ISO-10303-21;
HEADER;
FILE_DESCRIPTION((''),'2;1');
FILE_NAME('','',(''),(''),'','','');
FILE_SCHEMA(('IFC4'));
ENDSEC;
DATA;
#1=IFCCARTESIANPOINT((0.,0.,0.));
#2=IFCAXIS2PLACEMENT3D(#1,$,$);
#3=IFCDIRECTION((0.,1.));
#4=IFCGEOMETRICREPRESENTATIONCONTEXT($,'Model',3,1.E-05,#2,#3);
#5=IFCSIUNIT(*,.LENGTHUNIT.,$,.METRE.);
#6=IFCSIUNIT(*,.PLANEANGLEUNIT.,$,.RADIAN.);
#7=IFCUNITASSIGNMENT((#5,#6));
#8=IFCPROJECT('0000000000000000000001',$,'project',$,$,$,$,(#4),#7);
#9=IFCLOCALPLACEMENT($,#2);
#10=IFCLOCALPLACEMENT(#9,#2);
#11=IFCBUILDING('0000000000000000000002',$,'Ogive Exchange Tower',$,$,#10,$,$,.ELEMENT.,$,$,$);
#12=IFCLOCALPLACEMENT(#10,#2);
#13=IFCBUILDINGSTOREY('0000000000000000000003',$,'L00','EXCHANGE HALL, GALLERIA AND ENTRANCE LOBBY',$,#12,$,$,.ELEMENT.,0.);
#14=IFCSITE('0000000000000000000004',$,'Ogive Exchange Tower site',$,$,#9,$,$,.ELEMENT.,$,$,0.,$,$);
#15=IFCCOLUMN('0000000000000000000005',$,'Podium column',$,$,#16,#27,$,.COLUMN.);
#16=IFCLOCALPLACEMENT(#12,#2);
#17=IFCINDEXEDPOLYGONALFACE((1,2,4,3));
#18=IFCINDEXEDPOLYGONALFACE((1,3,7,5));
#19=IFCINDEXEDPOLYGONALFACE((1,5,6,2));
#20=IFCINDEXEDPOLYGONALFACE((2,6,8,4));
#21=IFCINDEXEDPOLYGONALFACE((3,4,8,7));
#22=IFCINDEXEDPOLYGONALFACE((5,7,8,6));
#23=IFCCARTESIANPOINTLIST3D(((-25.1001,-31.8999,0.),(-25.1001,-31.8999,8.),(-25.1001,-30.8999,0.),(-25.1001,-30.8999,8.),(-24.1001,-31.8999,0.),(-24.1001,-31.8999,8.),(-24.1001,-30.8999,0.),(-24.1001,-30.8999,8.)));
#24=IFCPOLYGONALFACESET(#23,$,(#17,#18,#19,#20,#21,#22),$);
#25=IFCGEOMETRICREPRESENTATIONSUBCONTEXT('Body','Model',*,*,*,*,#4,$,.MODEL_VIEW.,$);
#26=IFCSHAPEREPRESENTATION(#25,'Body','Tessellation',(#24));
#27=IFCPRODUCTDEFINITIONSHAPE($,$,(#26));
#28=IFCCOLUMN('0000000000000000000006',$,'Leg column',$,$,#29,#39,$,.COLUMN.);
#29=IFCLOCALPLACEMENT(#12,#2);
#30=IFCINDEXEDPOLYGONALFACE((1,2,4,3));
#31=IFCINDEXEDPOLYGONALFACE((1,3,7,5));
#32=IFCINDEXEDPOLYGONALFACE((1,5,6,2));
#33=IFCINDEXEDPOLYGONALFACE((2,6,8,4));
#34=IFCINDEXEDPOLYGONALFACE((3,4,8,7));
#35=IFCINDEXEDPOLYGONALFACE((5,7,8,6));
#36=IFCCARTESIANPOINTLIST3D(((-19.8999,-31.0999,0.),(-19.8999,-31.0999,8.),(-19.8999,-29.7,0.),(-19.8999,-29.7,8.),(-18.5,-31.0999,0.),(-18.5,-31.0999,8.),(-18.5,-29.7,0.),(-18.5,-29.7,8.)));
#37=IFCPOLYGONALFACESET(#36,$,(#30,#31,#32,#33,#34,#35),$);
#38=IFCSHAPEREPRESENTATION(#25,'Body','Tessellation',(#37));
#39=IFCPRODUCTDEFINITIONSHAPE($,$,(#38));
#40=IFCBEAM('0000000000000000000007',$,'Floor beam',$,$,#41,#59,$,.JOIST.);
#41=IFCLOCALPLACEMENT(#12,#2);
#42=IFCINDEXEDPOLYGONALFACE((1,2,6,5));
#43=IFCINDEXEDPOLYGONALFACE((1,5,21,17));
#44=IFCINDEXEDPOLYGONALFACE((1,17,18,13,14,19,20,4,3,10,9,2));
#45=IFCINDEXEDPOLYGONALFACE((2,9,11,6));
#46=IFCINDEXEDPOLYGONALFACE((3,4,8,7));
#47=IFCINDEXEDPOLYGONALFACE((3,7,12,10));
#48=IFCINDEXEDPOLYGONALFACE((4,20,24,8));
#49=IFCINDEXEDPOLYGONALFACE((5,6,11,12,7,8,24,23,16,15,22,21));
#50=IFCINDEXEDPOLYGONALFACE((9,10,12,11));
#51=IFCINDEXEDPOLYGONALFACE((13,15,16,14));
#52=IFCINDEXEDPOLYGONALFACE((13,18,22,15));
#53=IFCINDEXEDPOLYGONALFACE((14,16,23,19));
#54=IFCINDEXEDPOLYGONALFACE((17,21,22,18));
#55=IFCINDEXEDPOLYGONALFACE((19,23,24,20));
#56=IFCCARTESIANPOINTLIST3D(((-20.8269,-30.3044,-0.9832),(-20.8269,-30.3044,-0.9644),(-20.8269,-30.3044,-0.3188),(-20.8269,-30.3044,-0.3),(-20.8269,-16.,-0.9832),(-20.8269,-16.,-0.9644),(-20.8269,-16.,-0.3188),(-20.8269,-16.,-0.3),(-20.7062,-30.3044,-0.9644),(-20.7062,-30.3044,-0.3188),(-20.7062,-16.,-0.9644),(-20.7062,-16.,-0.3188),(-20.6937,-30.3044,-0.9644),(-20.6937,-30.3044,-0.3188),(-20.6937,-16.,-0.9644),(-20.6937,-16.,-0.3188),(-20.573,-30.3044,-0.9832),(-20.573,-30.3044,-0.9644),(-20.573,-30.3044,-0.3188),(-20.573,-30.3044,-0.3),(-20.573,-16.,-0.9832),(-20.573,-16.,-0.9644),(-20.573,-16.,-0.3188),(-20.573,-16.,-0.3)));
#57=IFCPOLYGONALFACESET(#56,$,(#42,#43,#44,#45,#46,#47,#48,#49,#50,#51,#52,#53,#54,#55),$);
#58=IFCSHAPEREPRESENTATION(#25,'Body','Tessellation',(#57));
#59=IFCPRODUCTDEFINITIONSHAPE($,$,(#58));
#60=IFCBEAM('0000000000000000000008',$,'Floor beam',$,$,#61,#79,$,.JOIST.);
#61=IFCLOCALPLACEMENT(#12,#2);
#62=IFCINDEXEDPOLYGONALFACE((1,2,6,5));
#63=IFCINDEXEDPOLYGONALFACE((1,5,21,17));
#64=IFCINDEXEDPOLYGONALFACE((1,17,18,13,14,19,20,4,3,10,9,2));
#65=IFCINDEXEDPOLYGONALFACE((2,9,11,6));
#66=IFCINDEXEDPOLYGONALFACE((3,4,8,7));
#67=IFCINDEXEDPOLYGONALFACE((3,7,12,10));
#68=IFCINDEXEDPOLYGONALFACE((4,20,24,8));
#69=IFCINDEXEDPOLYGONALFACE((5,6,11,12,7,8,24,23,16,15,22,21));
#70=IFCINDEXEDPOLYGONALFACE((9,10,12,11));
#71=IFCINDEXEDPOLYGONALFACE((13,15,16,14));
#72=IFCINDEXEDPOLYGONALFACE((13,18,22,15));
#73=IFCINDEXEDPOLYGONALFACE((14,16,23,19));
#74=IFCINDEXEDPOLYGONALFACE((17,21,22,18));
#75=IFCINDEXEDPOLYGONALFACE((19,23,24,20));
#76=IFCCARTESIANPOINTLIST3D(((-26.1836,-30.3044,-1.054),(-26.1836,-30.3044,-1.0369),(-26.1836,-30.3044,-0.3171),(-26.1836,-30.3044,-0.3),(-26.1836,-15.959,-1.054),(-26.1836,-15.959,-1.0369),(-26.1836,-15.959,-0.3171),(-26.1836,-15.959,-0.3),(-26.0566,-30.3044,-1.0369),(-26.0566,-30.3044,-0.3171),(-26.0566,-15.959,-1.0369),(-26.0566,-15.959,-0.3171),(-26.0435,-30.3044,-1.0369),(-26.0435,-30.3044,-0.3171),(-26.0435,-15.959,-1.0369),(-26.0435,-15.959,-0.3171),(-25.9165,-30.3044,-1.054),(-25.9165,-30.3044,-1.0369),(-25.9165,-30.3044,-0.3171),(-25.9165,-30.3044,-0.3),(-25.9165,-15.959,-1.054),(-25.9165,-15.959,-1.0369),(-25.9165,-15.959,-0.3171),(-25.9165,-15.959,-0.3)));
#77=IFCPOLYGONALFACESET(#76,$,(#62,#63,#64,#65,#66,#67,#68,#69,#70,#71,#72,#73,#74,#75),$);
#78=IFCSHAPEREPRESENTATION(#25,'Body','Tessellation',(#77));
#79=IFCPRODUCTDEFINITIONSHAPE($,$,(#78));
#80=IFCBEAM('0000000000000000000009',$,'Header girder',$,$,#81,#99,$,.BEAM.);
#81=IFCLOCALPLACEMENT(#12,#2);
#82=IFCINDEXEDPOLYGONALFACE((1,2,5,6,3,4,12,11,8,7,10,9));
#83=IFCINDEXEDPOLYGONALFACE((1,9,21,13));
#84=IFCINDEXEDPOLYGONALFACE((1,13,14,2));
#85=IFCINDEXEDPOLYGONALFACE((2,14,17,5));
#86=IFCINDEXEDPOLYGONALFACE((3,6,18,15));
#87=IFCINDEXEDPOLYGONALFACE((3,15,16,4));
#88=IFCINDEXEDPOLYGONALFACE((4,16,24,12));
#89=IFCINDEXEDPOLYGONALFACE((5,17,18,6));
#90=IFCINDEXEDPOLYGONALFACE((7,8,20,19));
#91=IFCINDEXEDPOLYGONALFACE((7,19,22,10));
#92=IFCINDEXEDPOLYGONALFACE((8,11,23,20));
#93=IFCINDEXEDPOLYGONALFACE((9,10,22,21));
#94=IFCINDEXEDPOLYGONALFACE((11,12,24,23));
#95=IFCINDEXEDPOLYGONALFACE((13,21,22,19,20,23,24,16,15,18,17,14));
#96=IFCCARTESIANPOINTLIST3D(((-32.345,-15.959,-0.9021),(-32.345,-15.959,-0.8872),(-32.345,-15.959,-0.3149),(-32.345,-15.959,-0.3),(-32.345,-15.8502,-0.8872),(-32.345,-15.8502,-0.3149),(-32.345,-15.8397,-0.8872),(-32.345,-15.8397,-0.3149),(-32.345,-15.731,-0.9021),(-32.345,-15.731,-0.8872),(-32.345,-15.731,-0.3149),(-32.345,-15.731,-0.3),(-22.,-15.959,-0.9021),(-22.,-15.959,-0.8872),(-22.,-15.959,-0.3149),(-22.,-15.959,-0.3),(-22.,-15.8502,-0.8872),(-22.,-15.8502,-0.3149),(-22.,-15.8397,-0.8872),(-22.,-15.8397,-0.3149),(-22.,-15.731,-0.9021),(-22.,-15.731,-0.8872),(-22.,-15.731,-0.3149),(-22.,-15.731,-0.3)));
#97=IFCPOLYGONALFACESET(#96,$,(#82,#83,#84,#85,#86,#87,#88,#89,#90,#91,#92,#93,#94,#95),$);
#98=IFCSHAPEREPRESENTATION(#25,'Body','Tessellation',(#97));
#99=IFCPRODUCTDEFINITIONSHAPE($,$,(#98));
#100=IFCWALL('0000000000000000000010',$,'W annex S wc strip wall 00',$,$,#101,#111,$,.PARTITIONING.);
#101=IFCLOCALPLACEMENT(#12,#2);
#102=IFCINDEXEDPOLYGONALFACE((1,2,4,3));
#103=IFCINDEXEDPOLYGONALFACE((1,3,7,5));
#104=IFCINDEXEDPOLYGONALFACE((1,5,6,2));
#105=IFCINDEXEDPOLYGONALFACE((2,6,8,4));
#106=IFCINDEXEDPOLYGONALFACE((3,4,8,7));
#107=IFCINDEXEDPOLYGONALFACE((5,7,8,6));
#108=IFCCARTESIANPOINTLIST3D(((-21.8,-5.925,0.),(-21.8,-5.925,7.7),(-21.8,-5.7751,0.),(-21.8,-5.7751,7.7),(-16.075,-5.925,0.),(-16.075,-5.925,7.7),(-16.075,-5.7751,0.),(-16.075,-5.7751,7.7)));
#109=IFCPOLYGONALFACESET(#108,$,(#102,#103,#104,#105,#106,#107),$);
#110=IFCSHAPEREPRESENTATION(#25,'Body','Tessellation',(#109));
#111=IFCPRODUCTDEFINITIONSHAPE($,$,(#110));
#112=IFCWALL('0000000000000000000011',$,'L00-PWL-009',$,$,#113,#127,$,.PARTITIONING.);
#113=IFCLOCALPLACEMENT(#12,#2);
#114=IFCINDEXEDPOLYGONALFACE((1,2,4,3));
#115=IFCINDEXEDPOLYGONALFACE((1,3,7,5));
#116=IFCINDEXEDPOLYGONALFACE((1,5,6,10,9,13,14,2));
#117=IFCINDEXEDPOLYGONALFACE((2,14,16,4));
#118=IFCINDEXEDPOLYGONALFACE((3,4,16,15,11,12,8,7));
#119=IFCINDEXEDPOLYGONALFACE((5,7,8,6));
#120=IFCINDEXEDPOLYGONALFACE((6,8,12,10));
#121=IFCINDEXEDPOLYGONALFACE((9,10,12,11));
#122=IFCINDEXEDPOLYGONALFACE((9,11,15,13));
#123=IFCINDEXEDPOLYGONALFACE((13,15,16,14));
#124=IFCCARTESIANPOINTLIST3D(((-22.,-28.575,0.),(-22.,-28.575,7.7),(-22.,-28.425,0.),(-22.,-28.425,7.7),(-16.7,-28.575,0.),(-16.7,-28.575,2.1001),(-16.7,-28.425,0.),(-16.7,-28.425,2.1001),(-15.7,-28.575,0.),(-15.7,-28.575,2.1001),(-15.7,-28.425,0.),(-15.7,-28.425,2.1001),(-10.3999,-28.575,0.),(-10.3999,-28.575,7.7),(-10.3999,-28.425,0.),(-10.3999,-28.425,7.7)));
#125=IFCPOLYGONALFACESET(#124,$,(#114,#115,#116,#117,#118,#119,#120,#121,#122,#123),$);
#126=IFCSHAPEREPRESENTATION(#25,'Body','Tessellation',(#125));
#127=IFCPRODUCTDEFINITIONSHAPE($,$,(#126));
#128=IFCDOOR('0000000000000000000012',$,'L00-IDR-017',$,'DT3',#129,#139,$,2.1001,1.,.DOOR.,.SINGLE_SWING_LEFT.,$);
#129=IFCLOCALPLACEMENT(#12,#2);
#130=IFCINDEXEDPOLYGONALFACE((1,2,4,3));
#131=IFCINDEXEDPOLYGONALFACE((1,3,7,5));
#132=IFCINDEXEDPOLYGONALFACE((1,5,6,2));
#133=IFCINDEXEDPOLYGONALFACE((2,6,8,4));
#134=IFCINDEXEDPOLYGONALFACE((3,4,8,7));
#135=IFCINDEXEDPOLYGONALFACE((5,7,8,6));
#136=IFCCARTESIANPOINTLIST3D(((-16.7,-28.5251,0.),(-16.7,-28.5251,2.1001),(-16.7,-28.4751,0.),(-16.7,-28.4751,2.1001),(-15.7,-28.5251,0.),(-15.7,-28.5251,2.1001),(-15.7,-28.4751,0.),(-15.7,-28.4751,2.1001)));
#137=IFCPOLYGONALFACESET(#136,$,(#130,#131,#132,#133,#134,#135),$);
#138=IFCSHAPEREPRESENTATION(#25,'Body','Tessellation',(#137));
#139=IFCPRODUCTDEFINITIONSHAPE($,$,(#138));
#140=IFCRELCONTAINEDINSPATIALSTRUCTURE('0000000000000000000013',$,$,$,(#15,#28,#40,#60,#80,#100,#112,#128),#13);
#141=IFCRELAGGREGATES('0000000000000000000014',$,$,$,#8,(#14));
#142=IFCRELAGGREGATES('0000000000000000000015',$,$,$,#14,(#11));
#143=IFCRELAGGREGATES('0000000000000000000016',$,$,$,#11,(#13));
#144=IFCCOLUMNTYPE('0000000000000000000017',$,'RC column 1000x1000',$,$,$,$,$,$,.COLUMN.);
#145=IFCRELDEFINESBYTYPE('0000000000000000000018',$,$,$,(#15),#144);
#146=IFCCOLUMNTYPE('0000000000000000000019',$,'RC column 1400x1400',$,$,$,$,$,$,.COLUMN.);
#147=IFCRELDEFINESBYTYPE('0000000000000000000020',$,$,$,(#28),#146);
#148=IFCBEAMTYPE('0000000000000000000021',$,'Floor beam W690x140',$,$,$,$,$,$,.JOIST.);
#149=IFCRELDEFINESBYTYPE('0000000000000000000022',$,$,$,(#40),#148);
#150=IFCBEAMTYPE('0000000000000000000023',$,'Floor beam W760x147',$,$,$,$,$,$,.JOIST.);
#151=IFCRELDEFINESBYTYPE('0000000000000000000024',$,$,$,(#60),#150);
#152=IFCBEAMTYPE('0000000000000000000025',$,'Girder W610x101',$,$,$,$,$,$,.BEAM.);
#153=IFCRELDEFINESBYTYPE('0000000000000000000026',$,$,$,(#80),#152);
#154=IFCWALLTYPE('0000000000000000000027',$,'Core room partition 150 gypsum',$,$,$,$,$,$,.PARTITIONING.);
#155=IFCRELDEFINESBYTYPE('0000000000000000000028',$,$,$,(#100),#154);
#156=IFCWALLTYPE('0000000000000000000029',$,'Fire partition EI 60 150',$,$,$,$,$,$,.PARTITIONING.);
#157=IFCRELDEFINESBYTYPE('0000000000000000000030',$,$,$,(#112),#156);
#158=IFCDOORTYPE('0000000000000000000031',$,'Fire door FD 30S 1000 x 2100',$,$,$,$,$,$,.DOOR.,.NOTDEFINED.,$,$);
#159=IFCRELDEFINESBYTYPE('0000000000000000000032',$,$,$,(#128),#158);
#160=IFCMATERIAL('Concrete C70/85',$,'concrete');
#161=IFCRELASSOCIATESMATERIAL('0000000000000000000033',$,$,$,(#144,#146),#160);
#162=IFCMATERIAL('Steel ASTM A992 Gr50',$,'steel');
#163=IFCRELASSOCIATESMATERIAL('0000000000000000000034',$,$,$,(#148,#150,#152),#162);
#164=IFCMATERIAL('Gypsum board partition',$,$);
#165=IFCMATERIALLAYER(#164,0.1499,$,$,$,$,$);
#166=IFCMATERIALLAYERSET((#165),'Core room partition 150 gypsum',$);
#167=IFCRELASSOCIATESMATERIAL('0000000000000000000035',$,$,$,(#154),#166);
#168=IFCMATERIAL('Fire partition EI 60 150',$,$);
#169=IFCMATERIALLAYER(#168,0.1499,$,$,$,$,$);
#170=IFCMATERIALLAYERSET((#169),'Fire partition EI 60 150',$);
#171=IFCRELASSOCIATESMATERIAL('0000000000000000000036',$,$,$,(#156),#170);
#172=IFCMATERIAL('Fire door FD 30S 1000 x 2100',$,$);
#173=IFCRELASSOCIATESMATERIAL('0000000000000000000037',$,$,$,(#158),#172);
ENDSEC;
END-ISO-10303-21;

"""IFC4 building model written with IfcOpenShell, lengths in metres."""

from ifc_helpers import new_model, si_unit, direction, frame, frame_2d, origin, origin_2d, place, context, subcontext, project, spatial, rectangle, i_section, extrude, material, layer, layer_set, material_profile, profile_set, type_object, element, fill, save


model = new_model("IFC4")

# Units and contexts
model_context = context("Model", 3, precision=1e-05, world=origin(), true_north=direction((0.0, 1.0)))
body_context = subcontext(model_context, "Body", "Model", "MODEL_VIEW")
ifc_project = project(units=[si_unit("LENGTHUNIT", "METRE"), si_unit("PLANEANGLEUNIT", "RADIAN")], contexts=[model_context])

# Site, building, storey
site_placement = place(None, origin())
site = spatial("IfcSite", under=ifc_project, at=site_placement, Name="Ogive Exchange Tower site", CompositionType="ELEMENT", RefElevation=0.0)
building_placement = place(site_placement, origin())
building = spatial("IfcBuilding", under=site, at=building_placement, Name="Ogive Exchange Tower", CompositionType="ELEMENT")
storey_placement = place(building_placement, origin())
storey = spatial("IfcBuildingStorey", under=building, at=storey_placement, Name="L00", Description="EXCHANGE HALL, GALLERIA AND ENTRANCE LOBBY", CompositionType="ELEMENT", Elevation=0.0)

# Columns
ifc_material_1 = material(Name="Concrete C70/85", Category="concrete")
ifc_material_profile_1 = material_profile(ifc_material_1, rectangle(XDim=1.0, YDim=1.0, at=origin_2d()), Name="RC 1000x1000")
ifc_profile_set_1 = profile_set([ifc_material_profile_1], Name="Concrete C70/85")
column_type_1 = type_object("IfcColumnType", Name="RC column 1000x1000", PredefinedType="COLUMN", material=ifc_profile_set_1)
column_1_placement = place(storey_placement, frame((-24.6001, -31.3999, 0.0), z_axis=(0.0, 0.0, 1.0), x_axis=(1.0, 0.0, 0.0)))
element("IfcColumn", 1, at=column_1_placement, inside=storey, type_object=column_type_1, Name="Podium column", PredefinedType="COLUMN", context=body_context, shape_type="SweptSolid", body=[
    extrude(rectangle(XDim=1.0, YDim=1.0, at=origin_2d()), origin(), (0.0, 0.0, 1.0), 8.0),
])
ifc_material_profile_2 = material_profile(ifc_material_1, rectangle(XDim=1.3999, YDim=1.3999, at=origin_2d()), Name="RC 1400x1400")
ifc_profile_set_2 = profile_set([ifc_material_profile_2], Name="Concrete C70/85")
column_type_2 = type_object("IfcColumnType", Name="RC column 1400x1400", PredefinedType="COLUMN", material=ifc_profile_set_2)
column_2_placement = place(storey_placement, frame((-19.2, -30.3999, 0.0), z_axis=(0.0, 0.0, 1.0), x_axis=(1.0, 0.0, 0.0)))
element("IfcColumn", 2, at=column_2_placement, inside=storey, type_object=column_type_2, Name="Leg column", PredefinedType="COLUMN", context=body_context, shape_type="SweptSolid", body=[
    extrude(rectangle(XDim=1.3999, YDim=1.3999, at=origin_2d()), origin(), (0.0, 0.0, 1.0), 8.0),
])

# Beams
ifc_material_2 = material(Name="Steel ASTM A992 Gr50", Category="steel")
ifc_material_profile_3 = material_profile(ifc_material_2, i_section(OverallWidth=0.2539, OverallDepth=0.6831, WebThickness=0.0125, FlangeThickness=0.0188, at=origin_2d()), Name="W690x140")
ifc_profile_set_3 = profile_set([ifc_material_profile_3], Name="Steel ASTM A992 Gr50")
beam_type_1 = type_object("IfcBeamType", Name="Floor beam W690x140", PredefinedType="JOIST", material=ifc_profile_set_3)
beam_1_placement = place(storey_placement, frame((-20.7, -30.3044, -0.6416), z_axis=(0.0, 1.0, 0.0), x_axis=(-1.0, 0.0, 0.0)))
element("IfcBeam", 3, at=beam_1_placement, inside=storey, type_object=beam_type_1, Name="Floor beam", PredefinedType="JOIST", context=body_context, shape_type="SweptSolid", body=[
    extrude(i_section(OverallWidth=0.2539, OverallDepth=0.6831, WebThickness=0.0125, FlangeThickness=0.0188, at=origin_2d()), origin(), (0.0, 0.0, 1.0), 14.3044),
])
ifc_material_profile_4 = material_profile(ifc_material_2, i_section(OverallWidth=0.2671, OverallDepth=0.7539, WebThickness=0.0132, FlangeThickness=0.0171, at=origin_2d()), Name="W760x147")
ifc_profile_set_4 = profile_set([ifc_material_profile_4], Name="Steel ASTM A992 Gr50")
beam_type_2 = type_object("IfcBeamType", Name="Floor beam W760x147", PredefinedType="JOIST", material=ifc_profile_set_4)
beam_2_placement = place(storey_placement, frame((-26.05, -30.3044, -0.677), z_axis=(0.0, 1.0, 0.0), x_axis=(-1.0, 0.0, 0.0)))
element("IfcBeam", 4, at=beam_2_placement, inside=storey, type_object=beam_type_2, Name="Floor beam", PredefinedType="JOIST", context=body_context, shape_type="SweptSolid", body=[
    extrude(i_section(OverallWidth=0.2671, OverallDepth=0.7539, WebThickness=0.0132, FlangeThickness=0.0171, at=origin_2d()), origin(), (0.0, 0.0, 1.0), 14.3455),
])
ifc_material_profile_5 = material_profile(ifc_material_2, i_section(OverallWidth=0.228, OverallDepth=0.6021, WebThickness=0.0105, FlangeThickness=0.0149, at=origin_2d()), Name="W610x101")
ifc_profile_set_5 = profile_set([ifc_material_profile_5], Name="Steel ASTM A992 Gr50")
beam_type_3 = type_object("IfcBeamType", Name="Girder W610x101", PredefinedType="BEAM", material=ifc_profile_set_5)
beam_3_placement = place(storey_placement, frame((-22.0, -15.845, -0.6011), z_axis=(-1.0, 0.0, 0.0), x_axis=(0.0, -1.0, 0.0)))
element("IfcBeam", 5, at=beam_3_placement, inside=storey, type_object=beam_type_3, Name="Header girder", PredefinedType="BEAM", context=body_context, shape_type="SweptSolid", body=[
    extrude(i_section(OverallWidth=0.228, OverallDepth=0.6021, WebThickness=0.0105, FlangeThickness=0.0149, at=origin_2d()), origin(), (0.0, 0.0, 1.0), 10.345),
])

# Wall
ifc_material_3 = material(Name="Gypsum board partition")
ifc_layer_1 = layer(ifc_material_3, 0.1499)
ifc_layer_set_1 = layer_set([ifc_layer_1], Name="Core room partition 150 gypsum")
wall_type_1 = type_object("IfcWallType", Name="Core room partition 150 gypsum", PredefinedType="PARTITIONING", material=ifc_layer_set_1)
wall_1_placement = place(storey_placement, frame((-21.8, -5.8501, 0.0), z_axis=(0.0, 0.0, 1.0), x_axis=(1.0, 0.0, 0.0)))
element("IfcWall", 6, at=wall_1_placement, inside=storey, type_object=wall_type_1, Name="W annex S wc strip wall 00", PredefinedType="PARTITIONING", context=body_context, shape_type="SweptSolid", body=[
    extrude(rectangle(XDim=5.7251, YDim=0.1499, at=frame_2d((2.8625, 0.0))), origin(), (0.0, 0.0, 1.0), 7.7),
])

# Wall, opening, door
ifc_material_4 = material(Name="Fire partition EI 60 150")
ifc_layer_2 = layer(ifc_material_4, 0.1499)
ifc_layer_set_2 = layer_set([ifc_layer_2], Name="Fire partition EI 60 150")
wall_type_2 = type_object("IfcWallType", Name="Fire partition EI 60 150", PredefinedType="PARTITIONING", material=ifc_layer_set_2)
wall_2_placement = place(storey_placement, frame((-22.0, -28.5, 0.0), z_axis=(0.0, 0.0, 1.0), x_axis=(1.0, 0.0, 0.0)))
wall_2 = element("IfcWall", 7, at=wall_2_placement, inside=storey, type_object=wall_type_2, Name="L00-PWL-009", PredefinedType="PARTITIONING", context=body_context, shape_type="SweptSolid", body=[
    extrude(rectangle(XDim=11.6001, YDim=0.1499, at=frame_2d((5.8, 0.0))), origin(), (0.0, 0.0, 1.0), 7.7),
])
opening_1_placement = place(wall_2_placement, frame((5.3, 0.0, 0.0)))
opening_1 = element("IfcOpeningElement", 8, at=opening_1_placement, cuts=wall_2, PredefinedType="OPENING", context=body_context, shape_type="SweptSolid", body=[
    extrude(rectangle(XDim=1.0, YDim=2.1001, at=frame_2d((0.5, 1.05))), frame((0.0, 0.085, 0.0), z_axis=(0.0, -1.0, 0.0), x_axis=(1.0, 0.0, 0.0)), (0.0, 0.0, 1.0), 0.1699),
])
ifc_material_5 = material(Name="Fire door FD 30S 1000 x 2100")
door_type_1 = type_object("IfcDoorType", Name="Fire door FD 30S 1000 x 2100", OperationType="NOTDEFINED", PredefinedType="DOOR", material=ifc_material_5)
door_1_placement = place(opening_1_placement, origin())
door_1 = element("IfcDoor", 9, at=door_1_placement, inside=storey, type_object=door_type_1, Name="L00-IDR-017", ObjectType="DT3", OperationType="SINGLE_SWING_LEFT", OverallHeight=2.1001, OverallWidth=1.0, PredefinedType="DOOR", context=body_context, shape_type="SweptSolid", body=[
    extrude(rectangle(XDim=1.0, YDim=2.1001, at=frame_2d((0.5, 1.05))), frame((0.0, 0.0249, 0.0), z_axis=(0.0, -1.0, 0.0), x_axis=(1.0, 0.0, 0.0)), (0.0, 0.0, 1.0), 0.05),
])
fill(opening_1, door_1)

save(model, "model.ifc")
